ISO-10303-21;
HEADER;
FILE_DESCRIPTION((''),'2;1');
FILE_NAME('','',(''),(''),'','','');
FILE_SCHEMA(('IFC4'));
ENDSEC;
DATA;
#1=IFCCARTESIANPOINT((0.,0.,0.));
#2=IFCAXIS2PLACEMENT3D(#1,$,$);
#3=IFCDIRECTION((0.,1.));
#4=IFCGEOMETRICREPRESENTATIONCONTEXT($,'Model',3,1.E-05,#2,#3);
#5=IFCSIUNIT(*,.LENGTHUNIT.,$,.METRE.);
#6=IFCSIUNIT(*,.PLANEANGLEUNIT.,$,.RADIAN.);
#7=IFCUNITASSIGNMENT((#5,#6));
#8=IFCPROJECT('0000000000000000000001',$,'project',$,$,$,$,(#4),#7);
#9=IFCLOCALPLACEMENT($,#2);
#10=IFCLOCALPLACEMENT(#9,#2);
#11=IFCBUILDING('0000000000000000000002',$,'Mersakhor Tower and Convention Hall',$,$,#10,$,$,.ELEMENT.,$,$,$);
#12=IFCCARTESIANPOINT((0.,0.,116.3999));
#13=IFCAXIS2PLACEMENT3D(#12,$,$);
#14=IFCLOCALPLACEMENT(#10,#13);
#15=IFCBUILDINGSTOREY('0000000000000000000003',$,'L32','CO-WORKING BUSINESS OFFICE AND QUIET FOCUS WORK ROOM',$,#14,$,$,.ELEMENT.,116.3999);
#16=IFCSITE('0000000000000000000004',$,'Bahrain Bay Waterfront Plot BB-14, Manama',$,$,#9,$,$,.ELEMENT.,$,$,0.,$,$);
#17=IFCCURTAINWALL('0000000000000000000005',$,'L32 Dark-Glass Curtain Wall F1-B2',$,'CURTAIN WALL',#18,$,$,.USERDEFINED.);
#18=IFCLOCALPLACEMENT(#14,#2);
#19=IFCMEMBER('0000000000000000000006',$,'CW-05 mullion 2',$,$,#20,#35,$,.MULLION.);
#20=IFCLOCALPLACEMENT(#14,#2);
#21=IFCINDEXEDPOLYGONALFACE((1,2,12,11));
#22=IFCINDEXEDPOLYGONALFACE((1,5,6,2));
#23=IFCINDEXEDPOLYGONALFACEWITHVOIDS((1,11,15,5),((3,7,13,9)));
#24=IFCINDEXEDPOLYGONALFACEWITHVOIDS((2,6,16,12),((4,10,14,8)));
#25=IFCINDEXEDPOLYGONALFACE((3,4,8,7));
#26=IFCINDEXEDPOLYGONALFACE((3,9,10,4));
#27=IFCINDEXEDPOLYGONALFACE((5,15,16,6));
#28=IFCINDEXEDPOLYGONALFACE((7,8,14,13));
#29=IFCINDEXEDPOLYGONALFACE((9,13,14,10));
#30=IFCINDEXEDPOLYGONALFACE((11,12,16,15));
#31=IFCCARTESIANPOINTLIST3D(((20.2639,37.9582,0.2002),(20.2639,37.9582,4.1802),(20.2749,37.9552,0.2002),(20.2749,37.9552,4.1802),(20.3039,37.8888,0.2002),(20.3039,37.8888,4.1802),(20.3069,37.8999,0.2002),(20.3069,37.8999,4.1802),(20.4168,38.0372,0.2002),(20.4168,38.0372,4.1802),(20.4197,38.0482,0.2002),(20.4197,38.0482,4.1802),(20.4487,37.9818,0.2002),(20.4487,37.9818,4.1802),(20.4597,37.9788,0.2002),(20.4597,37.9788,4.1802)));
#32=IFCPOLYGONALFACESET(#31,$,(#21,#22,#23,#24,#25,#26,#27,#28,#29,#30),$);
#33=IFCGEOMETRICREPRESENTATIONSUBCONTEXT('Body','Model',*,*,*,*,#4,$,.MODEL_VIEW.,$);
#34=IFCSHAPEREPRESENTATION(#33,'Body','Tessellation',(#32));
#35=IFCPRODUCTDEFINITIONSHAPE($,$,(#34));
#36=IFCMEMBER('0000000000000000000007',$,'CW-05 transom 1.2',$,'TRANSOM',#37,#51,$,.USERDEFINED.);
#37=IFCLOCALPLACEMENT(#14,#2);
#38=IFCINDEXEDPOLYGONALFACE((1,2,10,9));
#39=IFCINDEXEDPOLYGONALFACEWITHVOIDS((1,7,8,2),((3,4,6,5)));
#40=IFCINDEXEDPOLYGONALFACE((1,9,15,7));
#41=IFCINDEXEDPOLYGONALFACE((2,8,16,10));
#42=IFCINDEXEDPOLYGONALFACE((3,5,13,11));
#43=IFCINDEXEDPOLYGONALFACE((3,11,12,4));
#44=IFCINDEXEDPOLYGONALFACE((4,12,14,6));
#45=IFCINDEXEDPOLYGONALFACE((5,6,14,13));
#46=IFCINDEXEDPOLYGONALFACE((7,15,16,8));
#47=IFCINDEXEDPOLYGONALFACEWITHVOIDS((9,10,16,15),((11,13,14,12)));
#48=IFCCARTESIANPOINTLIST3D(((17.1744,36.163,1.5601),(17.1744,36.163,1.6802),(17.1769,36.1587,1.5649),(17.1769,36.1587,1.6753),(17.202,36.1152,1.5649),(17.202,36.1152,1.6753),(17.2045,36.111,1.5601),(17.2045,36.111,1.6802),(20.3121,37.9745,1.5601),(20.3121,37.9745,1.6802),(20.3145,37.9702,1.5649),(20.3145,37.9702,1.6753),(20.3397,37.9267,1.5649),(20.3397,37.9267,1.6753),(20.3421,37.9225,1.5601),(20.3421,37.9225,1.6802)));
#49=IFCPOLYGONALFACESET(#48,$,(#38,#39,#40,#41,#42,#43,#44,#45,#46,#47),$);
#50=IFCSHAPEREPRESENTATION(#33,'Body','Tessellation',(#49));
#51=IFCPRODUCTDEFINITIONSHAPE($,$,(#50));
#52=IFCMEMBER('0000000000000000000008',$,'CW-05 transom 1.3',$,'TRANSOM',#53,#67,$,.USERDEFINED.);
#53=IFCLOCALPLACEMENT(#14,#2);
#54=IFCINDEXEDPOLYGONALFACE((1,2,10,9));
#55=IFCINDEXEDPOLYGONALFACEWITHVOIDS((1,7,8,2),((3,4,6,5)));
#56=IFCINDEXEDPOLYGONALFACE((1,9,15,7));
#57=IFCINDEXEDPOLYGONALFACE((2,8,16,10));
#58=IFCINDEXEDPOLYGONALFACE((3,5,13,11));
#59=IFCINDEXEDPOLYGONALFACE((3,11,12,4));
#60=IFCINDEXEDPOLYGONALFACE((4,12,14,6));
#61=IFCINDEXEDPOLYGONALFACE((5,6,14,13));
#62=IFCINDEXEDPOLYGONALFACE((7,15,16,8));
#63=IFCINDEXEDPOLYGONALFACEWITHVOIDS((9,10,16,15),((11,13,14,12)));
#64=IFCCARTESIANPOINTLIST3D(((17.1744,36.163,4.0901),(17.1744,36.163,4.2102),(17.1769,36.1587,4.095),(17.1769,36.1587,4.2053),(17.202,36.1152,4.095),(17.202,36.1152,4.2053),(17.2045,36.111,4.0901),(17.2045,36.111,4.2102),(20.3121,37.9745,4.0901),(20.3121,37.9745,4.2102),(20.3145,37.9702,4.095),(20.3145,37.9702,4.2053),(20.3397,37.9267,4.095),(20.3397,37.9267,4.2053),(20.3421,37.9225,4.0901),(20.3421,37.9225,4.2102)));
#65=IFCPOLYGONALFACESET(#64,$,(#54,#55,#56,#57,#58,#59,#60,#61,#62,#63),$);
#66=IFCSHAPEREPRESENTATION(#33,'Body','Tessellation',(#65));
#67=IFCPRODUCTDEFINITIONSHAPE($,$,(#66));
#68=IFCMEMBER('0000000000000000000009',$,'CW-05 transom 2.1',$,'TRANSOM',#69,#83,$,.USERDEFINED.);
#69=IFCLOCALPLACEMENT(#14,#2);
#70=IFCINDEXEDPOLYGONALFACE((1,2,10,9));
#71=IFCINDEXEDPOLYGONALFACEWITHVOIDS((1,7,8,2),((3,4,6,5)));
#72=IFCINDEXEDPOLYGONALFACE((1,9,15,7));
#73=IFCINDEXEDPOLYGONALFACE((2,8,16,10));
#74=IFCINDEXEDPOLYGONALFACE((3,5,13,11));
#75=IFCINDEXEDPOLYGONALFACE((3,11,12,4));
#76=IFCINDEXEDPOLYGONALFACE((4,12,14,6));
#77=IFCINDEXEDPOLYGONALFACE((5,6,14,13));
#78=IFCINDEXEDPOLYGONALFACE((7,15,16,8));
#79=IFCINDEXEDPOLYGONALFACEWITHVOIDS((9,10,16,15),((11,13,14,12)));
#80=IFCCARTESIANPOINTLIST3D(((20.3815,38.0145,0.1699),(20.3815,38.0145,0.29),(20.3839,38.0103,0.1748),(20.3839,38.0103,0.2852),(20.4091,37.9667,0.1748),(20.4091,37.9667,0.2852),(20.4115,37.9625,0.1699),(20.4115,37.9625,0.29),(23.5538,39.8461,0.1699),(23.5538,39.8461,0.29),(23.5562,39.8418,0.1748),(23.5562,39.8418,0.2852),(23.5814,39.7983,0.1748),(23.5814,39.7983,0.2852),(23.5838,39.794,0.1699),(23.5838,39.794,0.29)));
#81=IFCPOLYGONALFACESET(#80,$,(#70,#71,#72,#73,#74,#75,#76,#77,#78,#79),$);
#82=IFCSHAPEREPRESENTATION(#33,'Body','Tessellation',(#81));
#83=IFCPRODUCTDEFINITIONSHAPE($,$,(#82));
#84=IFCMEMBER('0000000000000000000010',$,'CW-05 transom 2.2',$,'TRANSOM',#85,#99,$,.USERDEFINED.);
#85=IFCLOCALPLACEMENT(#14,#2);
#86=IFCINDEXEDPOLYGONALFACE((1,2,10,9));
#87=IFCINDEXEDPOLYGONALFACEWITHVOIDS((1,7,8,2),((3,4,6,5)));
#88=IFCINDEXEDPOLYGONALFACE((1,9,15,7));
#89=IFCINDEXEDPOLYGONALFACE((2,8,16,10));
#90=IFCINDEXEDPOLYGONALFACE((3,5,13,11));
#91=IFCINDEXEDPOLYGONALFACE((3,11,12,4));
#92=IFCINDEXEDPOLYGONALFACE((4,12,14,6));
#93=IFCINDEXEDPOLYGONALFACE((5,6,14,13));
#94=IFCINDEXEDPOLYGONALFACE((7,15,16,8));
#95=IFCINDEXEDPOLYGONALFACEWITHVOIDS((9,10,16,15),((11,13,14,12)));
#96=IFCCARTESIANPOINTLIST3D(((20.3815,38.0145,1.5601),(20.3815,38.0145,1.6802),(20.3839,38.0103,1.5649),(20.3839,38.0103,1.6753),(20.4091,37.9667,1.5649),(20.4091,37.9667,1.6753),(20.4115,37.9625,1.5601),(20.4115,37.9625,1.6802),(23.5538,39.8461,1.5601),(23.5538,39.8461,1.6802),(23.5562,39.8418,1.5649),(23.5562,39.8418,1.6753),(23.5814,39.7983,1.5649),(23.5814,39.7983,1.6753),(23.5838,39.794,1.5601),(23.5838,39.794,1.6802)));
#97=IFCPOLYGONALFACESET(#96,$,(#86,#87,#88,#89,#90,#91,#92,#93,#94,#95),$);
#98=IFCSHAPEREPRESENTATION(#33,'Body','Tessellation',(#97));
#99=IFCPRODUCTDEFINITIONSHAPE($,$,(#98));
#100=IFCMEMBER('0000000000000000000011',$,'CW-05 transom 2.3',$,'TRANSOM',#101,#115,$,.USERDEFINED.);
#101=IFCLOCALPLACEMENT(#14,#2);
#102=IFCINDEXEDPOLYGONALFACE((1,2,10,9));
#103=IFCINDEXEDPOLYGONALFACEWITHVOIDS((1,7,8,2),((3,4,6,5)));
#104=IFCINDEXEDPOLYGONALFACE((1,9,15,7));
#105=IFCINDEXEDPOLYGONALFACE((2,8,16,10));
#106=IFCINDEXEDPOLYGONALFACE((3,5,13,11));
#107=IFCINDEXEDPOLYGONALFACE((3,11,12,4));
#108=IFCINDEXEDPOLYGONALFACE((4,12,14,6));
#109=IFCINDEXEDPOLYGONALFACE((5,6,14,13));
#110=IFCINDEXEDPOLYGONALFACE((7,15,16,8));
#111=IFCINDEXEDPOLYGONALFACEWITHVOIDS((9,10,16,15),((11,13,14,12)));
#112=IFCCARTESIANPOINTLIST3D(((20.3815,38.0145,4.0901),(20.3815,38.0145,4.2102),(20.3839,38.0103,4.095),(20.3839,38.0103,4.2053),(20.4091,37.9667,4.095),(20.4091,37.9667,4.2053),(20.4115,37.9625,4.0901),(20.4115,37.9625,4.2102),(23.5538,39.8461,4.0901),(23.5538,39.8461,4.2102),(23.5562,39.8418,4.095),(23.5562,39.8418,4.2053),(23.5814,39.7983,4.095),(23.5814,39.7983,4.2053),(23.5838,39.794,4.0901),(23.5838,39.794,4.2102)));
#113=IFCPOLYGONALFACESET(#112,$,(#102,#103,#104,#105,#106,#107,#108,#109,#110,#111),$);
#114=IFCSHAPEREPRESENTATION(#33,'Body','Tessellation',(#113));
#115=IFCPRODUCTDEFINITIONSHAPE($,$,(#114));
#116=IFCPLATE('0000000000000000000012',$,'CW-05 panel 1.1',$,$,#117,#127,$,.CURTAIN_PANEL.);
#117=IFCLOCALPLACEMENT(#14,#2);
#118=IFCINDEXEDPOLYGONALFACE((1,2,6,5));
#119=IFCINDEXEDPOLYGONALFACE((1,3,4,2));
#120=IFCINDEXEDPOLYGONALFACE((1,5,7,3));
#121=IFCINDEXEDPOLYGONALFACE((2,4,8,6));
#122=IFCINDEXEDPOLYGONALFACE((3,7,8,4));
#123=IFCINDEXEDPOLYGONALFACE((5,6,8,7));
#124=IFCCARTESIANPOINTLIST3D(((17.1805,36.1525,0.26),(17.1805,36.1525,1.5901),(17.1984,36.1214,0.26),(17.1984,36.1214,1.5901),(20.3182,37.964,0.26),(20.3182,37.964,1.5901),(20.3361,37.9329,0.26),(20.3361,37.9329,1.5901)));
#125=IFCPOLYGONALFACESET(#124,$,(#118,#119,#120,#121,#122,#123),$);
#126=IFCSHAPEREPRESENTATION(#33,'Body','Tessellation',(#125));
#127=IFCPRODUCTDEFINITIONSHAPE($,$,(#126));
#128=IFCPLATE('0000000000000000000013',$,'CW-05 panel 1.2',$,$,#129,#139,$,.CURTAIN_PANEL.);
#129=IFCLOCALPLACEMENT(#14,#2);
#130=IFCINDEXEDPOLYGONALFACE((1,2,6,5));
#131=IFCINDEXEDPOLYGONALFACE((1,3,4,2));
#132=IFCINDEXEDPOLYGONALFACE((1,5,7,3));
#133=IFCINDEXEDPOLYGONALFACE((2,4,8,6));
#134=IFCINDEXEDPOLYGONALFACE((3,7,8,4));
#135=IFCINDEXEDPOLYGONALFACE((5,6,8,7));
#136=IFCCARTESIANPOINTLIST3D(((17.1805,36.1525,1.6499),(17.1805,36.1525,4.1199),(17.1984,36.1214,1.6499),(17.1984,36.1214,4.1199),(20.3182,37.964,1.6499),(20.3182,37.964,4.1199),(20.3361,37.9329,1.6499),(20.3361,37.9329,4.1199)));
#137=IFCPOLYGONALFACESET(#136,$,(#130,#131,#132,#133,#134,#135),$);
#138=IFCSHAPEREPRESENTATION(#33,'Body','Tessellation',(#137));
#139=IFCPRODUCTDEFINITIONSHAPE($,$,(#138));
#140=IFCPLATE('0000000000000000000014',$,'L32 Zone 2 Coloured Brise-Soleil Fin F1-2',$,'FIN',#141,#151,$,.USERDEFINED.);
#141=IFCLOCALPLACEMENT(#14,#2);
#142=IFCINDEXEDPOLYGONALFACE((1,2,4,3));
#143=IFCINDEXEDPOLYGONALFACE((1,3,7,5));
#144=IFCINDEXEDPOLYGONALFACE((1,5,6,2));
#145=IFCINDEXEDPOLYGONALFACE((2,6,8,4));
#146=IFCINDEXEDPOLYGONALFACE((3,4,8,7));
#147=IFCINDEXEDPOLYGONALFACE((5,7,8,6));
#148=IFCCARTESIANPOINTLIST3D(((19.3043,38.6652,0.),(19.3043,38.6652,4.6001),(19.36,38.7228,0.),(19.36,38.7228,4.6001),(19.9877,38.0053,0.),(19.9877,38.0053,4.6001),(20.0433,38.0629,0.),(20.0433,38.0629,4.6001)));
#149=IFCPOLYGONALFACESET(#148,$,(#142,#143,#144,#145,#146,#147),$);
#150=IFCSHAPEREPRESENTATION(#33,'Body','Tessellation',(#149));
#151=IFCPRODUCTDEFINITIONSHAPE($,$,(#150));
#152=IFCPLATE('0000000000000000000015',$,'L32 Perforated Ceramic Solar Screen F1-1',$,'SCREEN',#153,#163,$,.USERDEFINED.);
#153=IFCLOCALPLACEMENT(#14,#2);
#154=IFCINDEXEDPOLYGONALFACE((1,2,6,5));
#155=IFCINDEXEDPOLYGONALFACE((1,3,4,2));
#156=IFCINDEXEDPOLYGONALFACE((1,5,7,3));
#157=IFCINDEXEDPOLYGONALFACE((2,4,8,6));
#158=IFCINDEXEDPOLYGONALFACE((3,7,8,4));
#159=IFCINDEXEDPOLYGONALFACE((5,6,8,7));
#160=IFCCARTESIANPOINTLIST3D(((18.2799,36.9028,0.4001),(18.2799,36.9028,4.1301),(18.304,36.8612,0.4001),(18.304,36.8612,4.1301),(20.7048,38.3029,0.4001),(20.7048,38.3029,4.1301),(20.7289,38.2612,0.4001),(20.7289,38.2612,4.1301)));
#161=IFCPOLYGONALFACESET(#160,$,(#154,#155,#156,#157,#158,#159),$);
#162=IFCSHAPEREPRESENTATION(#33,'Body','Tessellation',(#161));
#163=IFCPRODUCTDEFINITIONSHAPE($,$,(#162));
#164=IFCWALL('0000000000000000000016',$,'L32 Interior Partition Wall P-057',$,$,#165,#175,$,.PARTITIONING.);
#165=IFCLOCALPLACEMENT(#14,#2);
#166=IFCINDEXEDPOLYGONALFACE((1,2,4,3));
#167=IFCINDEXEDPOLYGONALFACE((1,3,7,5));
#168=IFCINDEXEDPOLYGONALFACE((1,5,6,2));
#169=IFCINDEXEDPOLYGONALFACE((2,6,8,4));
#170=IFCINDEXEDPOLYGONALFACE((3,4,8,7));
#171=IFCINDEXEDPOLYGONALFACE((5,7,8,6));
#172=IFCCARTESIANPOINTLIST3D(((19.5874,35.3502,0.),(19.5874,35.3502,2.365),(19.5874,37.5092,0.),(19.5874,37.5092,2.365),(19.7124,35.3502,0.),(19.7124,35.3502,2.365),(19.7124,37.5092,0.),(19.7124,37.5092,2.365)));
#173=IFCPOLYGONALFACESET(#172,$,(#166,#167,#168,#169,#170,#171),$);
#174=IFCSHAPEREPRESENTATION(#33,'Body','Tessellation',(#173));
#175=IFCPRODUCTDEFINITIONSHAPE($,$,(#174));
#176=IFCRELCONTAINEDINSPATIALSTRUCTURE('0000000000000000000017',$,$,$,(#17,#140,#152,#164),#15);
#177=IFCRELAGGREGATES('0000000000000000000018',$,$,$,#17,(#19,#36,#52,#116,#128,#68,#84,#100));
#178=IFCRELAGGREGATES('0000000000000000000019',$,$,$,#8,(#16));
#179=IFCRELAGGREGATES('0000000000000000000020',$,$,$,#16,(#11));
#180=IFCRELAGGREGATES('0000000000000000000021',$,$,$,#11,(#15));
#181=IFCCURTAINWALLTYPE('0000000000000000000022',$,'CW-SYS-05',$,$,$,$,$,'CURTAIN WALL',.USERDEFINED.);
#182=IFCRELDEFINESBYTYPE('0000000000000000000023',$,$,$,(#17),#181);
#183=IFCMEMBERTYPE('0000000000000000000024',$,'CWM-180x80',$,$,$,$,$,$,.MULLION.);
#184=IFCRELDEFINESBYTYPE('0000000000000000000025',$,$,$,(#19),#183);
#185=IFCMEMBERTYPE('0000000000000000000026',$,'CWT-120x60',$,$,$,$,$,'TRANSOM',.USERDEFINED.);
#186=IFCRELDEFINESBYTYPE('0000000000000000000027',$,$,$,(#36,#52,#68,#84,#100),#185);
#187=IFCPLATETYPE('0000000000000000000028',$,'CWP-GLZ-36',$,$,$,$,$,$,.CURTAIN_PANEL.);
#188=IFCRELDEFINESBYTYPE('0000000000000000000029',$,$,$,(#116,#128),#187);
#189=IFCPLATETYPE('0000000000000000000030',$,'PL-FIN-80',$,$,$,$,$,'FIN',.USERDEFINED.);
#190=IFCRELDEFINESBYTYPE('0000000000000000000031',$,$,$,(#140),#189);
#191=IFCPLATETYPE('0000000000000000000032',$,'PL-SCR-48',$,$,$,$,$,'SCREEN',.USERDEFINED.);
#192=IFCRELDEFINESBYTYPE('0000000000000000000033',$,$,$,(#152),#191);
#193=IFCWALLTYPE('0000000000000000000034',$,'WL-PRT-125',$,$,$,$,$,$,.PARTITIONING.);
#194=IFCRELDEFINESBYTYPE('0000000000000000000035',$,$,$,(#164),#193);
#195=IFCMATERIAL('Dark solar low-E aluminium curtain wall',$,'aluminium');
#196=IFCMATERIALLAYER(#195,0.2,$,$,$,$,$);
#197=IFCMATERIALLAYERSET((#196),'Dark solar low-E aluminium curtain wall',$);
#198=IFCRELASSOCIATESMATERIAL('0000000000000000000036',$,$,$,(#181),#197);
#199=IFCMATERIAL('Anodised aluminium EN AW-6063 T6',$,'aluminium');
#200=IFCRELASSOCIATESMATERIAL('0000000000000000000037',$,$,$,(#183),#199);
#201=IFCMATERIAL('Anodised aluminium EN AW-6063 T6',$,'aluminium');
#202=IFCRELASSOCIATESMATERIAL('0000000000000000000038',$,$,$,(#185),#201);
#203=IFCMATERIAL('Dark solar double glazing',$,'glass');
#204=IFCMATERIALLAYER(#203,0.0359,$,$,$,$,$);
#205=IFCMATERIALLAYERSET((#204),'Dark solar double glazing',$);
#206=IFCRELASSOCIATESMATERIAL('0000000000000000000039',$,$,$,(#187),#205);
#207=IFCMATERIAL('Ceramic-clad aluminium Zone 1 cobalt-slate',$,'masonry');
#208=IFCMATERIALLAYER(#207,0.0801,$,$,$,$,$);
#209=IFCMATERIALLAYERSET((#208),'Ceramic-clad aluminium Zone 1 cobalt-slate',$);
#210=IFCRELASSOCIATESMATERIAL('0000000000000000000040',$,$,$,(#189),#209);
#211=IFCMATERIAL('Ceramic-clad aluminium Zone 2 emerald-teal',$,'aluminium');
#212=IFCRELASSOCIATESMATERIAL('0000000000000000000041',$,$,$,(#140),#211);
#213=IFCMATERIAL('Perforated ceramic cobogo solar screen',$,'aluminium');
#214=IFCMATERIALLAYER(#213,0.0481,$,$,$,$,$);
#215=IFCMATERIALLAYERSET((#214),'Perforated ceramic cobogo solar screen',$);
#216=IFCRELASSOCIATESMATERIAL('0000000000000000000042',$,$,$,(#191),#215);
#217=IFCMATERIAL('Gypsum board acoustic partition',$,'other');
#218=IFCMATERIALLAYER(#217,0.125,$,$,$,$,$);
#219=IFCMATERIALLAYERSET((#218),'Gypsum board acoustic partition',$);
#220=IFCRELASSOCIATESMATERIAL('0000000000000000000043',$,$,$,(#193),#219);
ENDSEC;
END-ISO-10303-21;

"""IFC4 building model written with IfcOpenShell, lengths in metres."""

from ifc_helpers import new_model, si_unit, direction, frame, frame_2d, origin, origin_2d, place, context, subcontext, project, spatial, rectangle, hollow_rectangle, extrude, material, layer, layer_set, material_profile, profile_set, type_object, element, aggregate, save


model = new_model("IFC4")

# Units and contexts
model_context = context("Model", 3, precision=1e-05, world=origin(), true_north=direction((0.0, 1.0)))
body_context = subcontext(model_context, "Body", "Model", "MODEL_VIEW")
ifc_project = project(units=[si_unit("LENGTHUNIT", "METRE"), si_unit("PLANEANGLEUNIT", "RADIAN")], contexts=[model_context])

# Site, building, storey
site_placement = place(None, origin())
site = spatial("IfcSite", under=ifc_project, at=site_placement, Name="Bahrain Bay Waterfront Plot BB-14, Manama", CompositionType="ELEMENT", RefElevation=0.0)
building_placement = place(site_placement, origin())
building = spatial("IfcBuilding", under=site, at=building_placement, Name="Mersakhor Tower and Convention Hall", CompositionType="ELEMENT")
storey_placement = place(building_placement, frame((0.0, 0.0, 116.3999)))
storey = spatial("IfcBuildingStorey", under=building, at=storey_placement, Name="L32", Description="CO-WORKING BUSINESS OFFICE AND QUIET FOCUS WORK ROOM", CompositionType="ELEMENT", Elevation=116.3999)

# Curtain wall, members, plates
ifc_material_1 = material(Name="Dark solar low-E aluminium curtain wall", Category="aluminium")
ifc_layer_1 = layer(ifc_material_1, 0.2)
ifc_layer_set_1 = layer_set([ifc_layer_1], Name="Dark solar low-E aluminium curtain wall")
curtain_wall_type = type_object("IfcCurtainWallType", Name="CW-SYS-05", ElementType="CURTAIN WALL", PredefinedType="USERDEFINED", material=ifc_layer_set_1)
curtain_wall_placement = place(storey_placement, origin())
curtain_wall = element("IfcCurtainWall", 1, at=curtain_wall_placement, inside=storey, type_object=curtain_wall_type, Name="L32 Dark-Glass Curtain Wall F1-B2", ObjectType="CURTAIN WALL", PredefinedType="USERDEFINED")
ifc_material_2 = material(Name="Anodised aluminium EN AW-6063 T6", Category="aluminium")
ifc_material_profile_1 = material_profile(ifc_material_2, hollow_rectangle(XDim=0.0801, YDim=0.1799, WallThickness=0.0081, at=origin_2d()), Name="RHS 180x80x8")
ifc_profile_set_1 = profile_set([ifc_material_profile_1], Name="Anodised aluminium EN AW-6063 T6")
member_type_1 = type_object("IfcMemberType", Name="CWM-180x80", PredefinedType="MULLION", material=ifc_profile_set_1)
member_1_placement = place(storey_placement, frame((20.3618, 37.9685, 0.2002), z_axis=(0.0, 0.0, 1.0), x_axis=(-0.499998, 0.866027, 0.0)))
member_1 = element("IfcMember", 2, at=member_1_placement, type_object=member_type_1, Name="CW-05 mullion 2", PredefinedType="MULLION", context=body_context, shape_type="SweptSolid", body=[
    extrude(hollow_rectangle(XDim=0.0801, YDim=0.1799, WallThickness=0.0081, at=origin_2d()), origin(), (0.0, 0.0, 1.0), 3.98),
])
ifc_material_3 = material(Name="Anodised aluminium EN AW-6063 T6", Category="aluminium")
ifc_material_profile_2 = material_profile(ifc_material_3, hollow_rectangle(XDim=0.0601, YDim=0.1201, WallThickness=0.0049, at=origin_2d()), Name="RHS 120x60x5")
ifc_profile_set_2 = profile_set([ifc_material_profile_2], Name="Anodised aluminium EN AW-6063 T6")
member_type_2 = type_object("IfcMemberType", Name="CWT-120x60", ElementType="TRANSOM", PredefinedType="USERDEFINED", material=ifc_profile_set_2)
member_2_placement = place(storey_placement, frame((17.1895, 36.137, 1.6201), z_axis=(0.866028, 0.499995, 0.0), x_axis=(-0.499995, 0.866028, 0.0)))
member_2 = element("IfcMember", 3, at=member_2_placement, type_object=member_type_2, Name="CW-05 transom 1.2", ObjectType="TRANSOM", PredefinedType="USERDEFINED", context=body_context, shape_type="SweptSolid", body=[
    extrude(hollow_rectangle(XDim=0.0601, YDim=0.1201, WallThickness=0.0049, at=origin_2d()), origin(), (0.0, 0.0, 1.0), 3.623),
])
member_3_placement = place(storey_placement, frame((17.1895, 36.137, 4.1501), z_axis=(0.866028, 0.499995, 0.0), x_axis=(-0.499995, 0.866028, 0.0)))
member_3 = element("IfcMember", 4, at=member_3_placement, type_object=member_type_2, Name="CW-05 transom 1.3", ObjectType="TRANSOM", PredefinedType="USERDEFINED", context=body_context, shape_type="SweptSolid", body=[
    extrude(hollow_rectangle(XDim=0.0601, YDim=0.1201, WallThickness=0.0049, at=origin_2d()), origin(), (0.0, 0.0, 1.0), 3.623),
])
member_4_placement = place(storey_placement, frame((20.3965, 37.9885, 0.23), z_axis=(0.866028, 0.499996, 0.0), x_axis=(-0.499996, 0.866028, 0.0)))
member_4 = element("IfcMember", 5, at=member_4_placement, type_object=member_type_2, Name="CW-05 transom 2.1", ObjectType="TRANSOM", PredefinedType="USERDEFINED", context=body_context, shape_type="SweptSolid", body=[
    extrude(hollow_rectangle(XDim=0.0601, YDim=0.1201, WallThickness=0.0049, at=origin_2d()), origin(), (0.0, 0.0, 1.0), 3.6631),
])
member_5_placement = place(storey_placement, frame((20.3965, 37.9885, 1.6201), z_axis=(0.866028, 0.499996, 0.0), x_axis=(-0.499996, 0.866028, 0.0)))
member_5 = element("IfcMember", 6, at=member_5_placement, type_object=member_type_2, Name="CW-05 transom 2.2", ObjectType="TRANSOM", PredefinedType="USERDEFINED", context=body_context, shape_type="SweptSolid", body=[
    extrude(hollow_rectangle(XDim=0.0601, YDim=0.1201, WallThickness=0.0049, at=origin_2d()), origin(), (0.0, 0.0, 1.0), 3.6631),
])
member_6_placement = place(storey_placement, frame((20.3965, 37.9885, 4.1501), z_axis=(0.866028, 0.499996, 0.0), x_axis=(-0.499996, 0.866028, 0.0)))
member_6 = element("IfcMember", 7, at=member_6_placement, type_object=member_type_2, Name="CW-05 transom 2.3", ObjectType="TRANSOM", PredefinedType="USERDEFINED", context=body_context, shape_type="SweptSolid", body=[
    extrude(hollow_rectangle(XDim=0.0601, YDim=0.1201, WallThickness=0.0049, at=origin_2d()), origin(), (0.0, 0.0, 1.0), 3.6631),
])
ifc_material_4 = material(Name="Dark solar double glazing", Category="glass")
ifc_layer_2 = layer(ifc_material_4, 0.0359)
ifc_layer_set_2 = layer_set([ifc_layer_2], Name="Dark solar double glazing")
plate_type_1 = type_object("IfcPlateType", Name="CWP-GLZ-36", PredefinedType="CURTAIN_PANEL", material=ifc_layer_set_2)
plate_1_placement = place(storey_placement, frame((18.7583, 37.0427, 0.26), z_axis=(0.0, 0.0, 1.0), x_axis=(0.866027, 0.499998, 0.0)))
plate_1 = element("IfcPlate", 8, at=plate_1_placement, type_object=plate_type_1, Name="CW-05 panel 1.1", PredefinedType="CURTAIN_PANEL", context=body_context, shape_type="SweptSolid", body=[
    extrude(rectangle(XDim=3.623, YDim=0.0359, at=origin_2d()), origin(), (0.0, 0.0, 1.0), 1.3301),
])
plate_2_placement = place(storey_placement, frame((18.7583, 37.0427, 1.6499), z_axis=(0.0, 0.0, 1.0), x_axis=(0.866027, 0.499998, 0.0)))
plate_2 = element("IfcPlate", 9, at=plate_2_placement, type_object=plate_type_1, Name="CW-05 panel 1.2", PredefinedType="CURTAIN_PANEL", context=body_context, shape_type="SweptSolid", body=[
    extrude(rectangle(XDim=3.623, YDim=0.0359, at=origin_2d()), origin(), (0.0, 0.0, 1.0), 2.47),
])
aggregate(curtain_wall, [member_1, member_2, member_3, plate_1, plate_2, member_4, member_5, member_6])

# Plates
ifc_material_5 = material(Name="Ceramic-clad aluminium Zone 2 emerald-teal", Category="aluminium")
ifc_material_6 = material(Name="Ceramic-clad aluminium Zone 1 cobalt-slate", Category="masonry")
ifc_layer_3 = layer(ifc_material_6, 0.0801)
ifc_layer_set_3 = layer_set([ifc_layer_3], Name="Ceramic-clad aluminium Zone 1 cobalt-slate")
plate_type_2 = type_object("IfcPlateType", Name="PL-FIN-80", ElementType="FIN", PredefinedType="USERDEFINED", material=ifc_layer_set_3)
plate_3_placement = place(storey_placement, frame((19.6738, 38.364, 0.0), z_axis=(0.0, 0.0, 1.0), x_axis=(-0.71934, 0.694658, 0.0)))
element("IfcPlate", 10, at=plate_3_placement, inside=storey, type_object=plate_type_2, material=ifc_material_5, Name="L32 Zone 2 Coloured Brise-Soleil Fin F1-2", ObjectType="FIN", PredefinedType="USERDEFINED", context=body_context, shape_type="SweptSolid", body=[
    extrude(rectangle(XDim=0.95, YDim=0.0801, at=origin_2d()), origin(), (0.0, 0.0, 1.0), 4.6001),
])
ifc_material_7 = material(Name="Perforated ceramic cobogo solar screen", Category="aluminium")
ifc_layer_4 = layer(ifc_material_7, 0.0481)
ifc_layer_set_4 = layer_set([ifc_layer_4], Name="Perforated ceramic cobogo solar screen")
plate_type_3 = type_object("IfcPlateType", Name="PL-SCR-48", ElementType="SCREEN", PredefinedType="USERDEFINED", material=ifc_layer_set_4)
plate_4_placement = place(storey_placement, frame((19.5044, 37.582, 0.4001), z_axis=(0.0, 0.0, 1.0), x_axis=(0.866025, 0.5, 0.0)))
element("IfcPlate", 11, at=plate_4_placement, inside=storey, type_object=plate_type_3, Name="L32 Perforated Ceramic Solar Screen F1-1", ObjectType="SCREEN", PredefinedType="USERDEFINED", context=body_context, shape_type="SweptSolid", body=[
    extrude(rectangle(XDim=2.8, YDim=0.0481, at=origin_2d()), origin(), (0.0, 0.0, 1.0), 3.73),
])

# Wall
ifc_material_8 = material(Name="Gypsum board acoustic partition", Category="other")
ifc_layer_5 = layer(ifc_material_8, 0.125)
ifc_layer_set_5 = layer_set([ifc_layer_5], Name="Gypsum board acoustic partition")
wall_type_1 = type_object("IfcWallType", Name="WL-PRT-125", PredefinedType="PARTITIONING", material=ifc_layer_set_5)
wall_1_placement = place(storey_placement, frame((19.6499, 35.3501, 0.0), z_axis=(0.0, 0.0, 1.0), x_axis=(0.0, 1.0, 0.0)))
element("IfcWall", 12, at=wall_1_placement, inside=storey, type_object=wall_type_1, Name="L32 Interior Partition Wall P-057", PredefinedType="PARTITIONING", context=body_context, shape_type="SweptSolid", body=[
    extrude(rectangle(XDim=2.1589, YDim=0.125, at=frame_2d((1.0796, 0.0))), origin(), (0.0, 0.0, 1.0), 2.365),
])

save(model, "model.ifc")
